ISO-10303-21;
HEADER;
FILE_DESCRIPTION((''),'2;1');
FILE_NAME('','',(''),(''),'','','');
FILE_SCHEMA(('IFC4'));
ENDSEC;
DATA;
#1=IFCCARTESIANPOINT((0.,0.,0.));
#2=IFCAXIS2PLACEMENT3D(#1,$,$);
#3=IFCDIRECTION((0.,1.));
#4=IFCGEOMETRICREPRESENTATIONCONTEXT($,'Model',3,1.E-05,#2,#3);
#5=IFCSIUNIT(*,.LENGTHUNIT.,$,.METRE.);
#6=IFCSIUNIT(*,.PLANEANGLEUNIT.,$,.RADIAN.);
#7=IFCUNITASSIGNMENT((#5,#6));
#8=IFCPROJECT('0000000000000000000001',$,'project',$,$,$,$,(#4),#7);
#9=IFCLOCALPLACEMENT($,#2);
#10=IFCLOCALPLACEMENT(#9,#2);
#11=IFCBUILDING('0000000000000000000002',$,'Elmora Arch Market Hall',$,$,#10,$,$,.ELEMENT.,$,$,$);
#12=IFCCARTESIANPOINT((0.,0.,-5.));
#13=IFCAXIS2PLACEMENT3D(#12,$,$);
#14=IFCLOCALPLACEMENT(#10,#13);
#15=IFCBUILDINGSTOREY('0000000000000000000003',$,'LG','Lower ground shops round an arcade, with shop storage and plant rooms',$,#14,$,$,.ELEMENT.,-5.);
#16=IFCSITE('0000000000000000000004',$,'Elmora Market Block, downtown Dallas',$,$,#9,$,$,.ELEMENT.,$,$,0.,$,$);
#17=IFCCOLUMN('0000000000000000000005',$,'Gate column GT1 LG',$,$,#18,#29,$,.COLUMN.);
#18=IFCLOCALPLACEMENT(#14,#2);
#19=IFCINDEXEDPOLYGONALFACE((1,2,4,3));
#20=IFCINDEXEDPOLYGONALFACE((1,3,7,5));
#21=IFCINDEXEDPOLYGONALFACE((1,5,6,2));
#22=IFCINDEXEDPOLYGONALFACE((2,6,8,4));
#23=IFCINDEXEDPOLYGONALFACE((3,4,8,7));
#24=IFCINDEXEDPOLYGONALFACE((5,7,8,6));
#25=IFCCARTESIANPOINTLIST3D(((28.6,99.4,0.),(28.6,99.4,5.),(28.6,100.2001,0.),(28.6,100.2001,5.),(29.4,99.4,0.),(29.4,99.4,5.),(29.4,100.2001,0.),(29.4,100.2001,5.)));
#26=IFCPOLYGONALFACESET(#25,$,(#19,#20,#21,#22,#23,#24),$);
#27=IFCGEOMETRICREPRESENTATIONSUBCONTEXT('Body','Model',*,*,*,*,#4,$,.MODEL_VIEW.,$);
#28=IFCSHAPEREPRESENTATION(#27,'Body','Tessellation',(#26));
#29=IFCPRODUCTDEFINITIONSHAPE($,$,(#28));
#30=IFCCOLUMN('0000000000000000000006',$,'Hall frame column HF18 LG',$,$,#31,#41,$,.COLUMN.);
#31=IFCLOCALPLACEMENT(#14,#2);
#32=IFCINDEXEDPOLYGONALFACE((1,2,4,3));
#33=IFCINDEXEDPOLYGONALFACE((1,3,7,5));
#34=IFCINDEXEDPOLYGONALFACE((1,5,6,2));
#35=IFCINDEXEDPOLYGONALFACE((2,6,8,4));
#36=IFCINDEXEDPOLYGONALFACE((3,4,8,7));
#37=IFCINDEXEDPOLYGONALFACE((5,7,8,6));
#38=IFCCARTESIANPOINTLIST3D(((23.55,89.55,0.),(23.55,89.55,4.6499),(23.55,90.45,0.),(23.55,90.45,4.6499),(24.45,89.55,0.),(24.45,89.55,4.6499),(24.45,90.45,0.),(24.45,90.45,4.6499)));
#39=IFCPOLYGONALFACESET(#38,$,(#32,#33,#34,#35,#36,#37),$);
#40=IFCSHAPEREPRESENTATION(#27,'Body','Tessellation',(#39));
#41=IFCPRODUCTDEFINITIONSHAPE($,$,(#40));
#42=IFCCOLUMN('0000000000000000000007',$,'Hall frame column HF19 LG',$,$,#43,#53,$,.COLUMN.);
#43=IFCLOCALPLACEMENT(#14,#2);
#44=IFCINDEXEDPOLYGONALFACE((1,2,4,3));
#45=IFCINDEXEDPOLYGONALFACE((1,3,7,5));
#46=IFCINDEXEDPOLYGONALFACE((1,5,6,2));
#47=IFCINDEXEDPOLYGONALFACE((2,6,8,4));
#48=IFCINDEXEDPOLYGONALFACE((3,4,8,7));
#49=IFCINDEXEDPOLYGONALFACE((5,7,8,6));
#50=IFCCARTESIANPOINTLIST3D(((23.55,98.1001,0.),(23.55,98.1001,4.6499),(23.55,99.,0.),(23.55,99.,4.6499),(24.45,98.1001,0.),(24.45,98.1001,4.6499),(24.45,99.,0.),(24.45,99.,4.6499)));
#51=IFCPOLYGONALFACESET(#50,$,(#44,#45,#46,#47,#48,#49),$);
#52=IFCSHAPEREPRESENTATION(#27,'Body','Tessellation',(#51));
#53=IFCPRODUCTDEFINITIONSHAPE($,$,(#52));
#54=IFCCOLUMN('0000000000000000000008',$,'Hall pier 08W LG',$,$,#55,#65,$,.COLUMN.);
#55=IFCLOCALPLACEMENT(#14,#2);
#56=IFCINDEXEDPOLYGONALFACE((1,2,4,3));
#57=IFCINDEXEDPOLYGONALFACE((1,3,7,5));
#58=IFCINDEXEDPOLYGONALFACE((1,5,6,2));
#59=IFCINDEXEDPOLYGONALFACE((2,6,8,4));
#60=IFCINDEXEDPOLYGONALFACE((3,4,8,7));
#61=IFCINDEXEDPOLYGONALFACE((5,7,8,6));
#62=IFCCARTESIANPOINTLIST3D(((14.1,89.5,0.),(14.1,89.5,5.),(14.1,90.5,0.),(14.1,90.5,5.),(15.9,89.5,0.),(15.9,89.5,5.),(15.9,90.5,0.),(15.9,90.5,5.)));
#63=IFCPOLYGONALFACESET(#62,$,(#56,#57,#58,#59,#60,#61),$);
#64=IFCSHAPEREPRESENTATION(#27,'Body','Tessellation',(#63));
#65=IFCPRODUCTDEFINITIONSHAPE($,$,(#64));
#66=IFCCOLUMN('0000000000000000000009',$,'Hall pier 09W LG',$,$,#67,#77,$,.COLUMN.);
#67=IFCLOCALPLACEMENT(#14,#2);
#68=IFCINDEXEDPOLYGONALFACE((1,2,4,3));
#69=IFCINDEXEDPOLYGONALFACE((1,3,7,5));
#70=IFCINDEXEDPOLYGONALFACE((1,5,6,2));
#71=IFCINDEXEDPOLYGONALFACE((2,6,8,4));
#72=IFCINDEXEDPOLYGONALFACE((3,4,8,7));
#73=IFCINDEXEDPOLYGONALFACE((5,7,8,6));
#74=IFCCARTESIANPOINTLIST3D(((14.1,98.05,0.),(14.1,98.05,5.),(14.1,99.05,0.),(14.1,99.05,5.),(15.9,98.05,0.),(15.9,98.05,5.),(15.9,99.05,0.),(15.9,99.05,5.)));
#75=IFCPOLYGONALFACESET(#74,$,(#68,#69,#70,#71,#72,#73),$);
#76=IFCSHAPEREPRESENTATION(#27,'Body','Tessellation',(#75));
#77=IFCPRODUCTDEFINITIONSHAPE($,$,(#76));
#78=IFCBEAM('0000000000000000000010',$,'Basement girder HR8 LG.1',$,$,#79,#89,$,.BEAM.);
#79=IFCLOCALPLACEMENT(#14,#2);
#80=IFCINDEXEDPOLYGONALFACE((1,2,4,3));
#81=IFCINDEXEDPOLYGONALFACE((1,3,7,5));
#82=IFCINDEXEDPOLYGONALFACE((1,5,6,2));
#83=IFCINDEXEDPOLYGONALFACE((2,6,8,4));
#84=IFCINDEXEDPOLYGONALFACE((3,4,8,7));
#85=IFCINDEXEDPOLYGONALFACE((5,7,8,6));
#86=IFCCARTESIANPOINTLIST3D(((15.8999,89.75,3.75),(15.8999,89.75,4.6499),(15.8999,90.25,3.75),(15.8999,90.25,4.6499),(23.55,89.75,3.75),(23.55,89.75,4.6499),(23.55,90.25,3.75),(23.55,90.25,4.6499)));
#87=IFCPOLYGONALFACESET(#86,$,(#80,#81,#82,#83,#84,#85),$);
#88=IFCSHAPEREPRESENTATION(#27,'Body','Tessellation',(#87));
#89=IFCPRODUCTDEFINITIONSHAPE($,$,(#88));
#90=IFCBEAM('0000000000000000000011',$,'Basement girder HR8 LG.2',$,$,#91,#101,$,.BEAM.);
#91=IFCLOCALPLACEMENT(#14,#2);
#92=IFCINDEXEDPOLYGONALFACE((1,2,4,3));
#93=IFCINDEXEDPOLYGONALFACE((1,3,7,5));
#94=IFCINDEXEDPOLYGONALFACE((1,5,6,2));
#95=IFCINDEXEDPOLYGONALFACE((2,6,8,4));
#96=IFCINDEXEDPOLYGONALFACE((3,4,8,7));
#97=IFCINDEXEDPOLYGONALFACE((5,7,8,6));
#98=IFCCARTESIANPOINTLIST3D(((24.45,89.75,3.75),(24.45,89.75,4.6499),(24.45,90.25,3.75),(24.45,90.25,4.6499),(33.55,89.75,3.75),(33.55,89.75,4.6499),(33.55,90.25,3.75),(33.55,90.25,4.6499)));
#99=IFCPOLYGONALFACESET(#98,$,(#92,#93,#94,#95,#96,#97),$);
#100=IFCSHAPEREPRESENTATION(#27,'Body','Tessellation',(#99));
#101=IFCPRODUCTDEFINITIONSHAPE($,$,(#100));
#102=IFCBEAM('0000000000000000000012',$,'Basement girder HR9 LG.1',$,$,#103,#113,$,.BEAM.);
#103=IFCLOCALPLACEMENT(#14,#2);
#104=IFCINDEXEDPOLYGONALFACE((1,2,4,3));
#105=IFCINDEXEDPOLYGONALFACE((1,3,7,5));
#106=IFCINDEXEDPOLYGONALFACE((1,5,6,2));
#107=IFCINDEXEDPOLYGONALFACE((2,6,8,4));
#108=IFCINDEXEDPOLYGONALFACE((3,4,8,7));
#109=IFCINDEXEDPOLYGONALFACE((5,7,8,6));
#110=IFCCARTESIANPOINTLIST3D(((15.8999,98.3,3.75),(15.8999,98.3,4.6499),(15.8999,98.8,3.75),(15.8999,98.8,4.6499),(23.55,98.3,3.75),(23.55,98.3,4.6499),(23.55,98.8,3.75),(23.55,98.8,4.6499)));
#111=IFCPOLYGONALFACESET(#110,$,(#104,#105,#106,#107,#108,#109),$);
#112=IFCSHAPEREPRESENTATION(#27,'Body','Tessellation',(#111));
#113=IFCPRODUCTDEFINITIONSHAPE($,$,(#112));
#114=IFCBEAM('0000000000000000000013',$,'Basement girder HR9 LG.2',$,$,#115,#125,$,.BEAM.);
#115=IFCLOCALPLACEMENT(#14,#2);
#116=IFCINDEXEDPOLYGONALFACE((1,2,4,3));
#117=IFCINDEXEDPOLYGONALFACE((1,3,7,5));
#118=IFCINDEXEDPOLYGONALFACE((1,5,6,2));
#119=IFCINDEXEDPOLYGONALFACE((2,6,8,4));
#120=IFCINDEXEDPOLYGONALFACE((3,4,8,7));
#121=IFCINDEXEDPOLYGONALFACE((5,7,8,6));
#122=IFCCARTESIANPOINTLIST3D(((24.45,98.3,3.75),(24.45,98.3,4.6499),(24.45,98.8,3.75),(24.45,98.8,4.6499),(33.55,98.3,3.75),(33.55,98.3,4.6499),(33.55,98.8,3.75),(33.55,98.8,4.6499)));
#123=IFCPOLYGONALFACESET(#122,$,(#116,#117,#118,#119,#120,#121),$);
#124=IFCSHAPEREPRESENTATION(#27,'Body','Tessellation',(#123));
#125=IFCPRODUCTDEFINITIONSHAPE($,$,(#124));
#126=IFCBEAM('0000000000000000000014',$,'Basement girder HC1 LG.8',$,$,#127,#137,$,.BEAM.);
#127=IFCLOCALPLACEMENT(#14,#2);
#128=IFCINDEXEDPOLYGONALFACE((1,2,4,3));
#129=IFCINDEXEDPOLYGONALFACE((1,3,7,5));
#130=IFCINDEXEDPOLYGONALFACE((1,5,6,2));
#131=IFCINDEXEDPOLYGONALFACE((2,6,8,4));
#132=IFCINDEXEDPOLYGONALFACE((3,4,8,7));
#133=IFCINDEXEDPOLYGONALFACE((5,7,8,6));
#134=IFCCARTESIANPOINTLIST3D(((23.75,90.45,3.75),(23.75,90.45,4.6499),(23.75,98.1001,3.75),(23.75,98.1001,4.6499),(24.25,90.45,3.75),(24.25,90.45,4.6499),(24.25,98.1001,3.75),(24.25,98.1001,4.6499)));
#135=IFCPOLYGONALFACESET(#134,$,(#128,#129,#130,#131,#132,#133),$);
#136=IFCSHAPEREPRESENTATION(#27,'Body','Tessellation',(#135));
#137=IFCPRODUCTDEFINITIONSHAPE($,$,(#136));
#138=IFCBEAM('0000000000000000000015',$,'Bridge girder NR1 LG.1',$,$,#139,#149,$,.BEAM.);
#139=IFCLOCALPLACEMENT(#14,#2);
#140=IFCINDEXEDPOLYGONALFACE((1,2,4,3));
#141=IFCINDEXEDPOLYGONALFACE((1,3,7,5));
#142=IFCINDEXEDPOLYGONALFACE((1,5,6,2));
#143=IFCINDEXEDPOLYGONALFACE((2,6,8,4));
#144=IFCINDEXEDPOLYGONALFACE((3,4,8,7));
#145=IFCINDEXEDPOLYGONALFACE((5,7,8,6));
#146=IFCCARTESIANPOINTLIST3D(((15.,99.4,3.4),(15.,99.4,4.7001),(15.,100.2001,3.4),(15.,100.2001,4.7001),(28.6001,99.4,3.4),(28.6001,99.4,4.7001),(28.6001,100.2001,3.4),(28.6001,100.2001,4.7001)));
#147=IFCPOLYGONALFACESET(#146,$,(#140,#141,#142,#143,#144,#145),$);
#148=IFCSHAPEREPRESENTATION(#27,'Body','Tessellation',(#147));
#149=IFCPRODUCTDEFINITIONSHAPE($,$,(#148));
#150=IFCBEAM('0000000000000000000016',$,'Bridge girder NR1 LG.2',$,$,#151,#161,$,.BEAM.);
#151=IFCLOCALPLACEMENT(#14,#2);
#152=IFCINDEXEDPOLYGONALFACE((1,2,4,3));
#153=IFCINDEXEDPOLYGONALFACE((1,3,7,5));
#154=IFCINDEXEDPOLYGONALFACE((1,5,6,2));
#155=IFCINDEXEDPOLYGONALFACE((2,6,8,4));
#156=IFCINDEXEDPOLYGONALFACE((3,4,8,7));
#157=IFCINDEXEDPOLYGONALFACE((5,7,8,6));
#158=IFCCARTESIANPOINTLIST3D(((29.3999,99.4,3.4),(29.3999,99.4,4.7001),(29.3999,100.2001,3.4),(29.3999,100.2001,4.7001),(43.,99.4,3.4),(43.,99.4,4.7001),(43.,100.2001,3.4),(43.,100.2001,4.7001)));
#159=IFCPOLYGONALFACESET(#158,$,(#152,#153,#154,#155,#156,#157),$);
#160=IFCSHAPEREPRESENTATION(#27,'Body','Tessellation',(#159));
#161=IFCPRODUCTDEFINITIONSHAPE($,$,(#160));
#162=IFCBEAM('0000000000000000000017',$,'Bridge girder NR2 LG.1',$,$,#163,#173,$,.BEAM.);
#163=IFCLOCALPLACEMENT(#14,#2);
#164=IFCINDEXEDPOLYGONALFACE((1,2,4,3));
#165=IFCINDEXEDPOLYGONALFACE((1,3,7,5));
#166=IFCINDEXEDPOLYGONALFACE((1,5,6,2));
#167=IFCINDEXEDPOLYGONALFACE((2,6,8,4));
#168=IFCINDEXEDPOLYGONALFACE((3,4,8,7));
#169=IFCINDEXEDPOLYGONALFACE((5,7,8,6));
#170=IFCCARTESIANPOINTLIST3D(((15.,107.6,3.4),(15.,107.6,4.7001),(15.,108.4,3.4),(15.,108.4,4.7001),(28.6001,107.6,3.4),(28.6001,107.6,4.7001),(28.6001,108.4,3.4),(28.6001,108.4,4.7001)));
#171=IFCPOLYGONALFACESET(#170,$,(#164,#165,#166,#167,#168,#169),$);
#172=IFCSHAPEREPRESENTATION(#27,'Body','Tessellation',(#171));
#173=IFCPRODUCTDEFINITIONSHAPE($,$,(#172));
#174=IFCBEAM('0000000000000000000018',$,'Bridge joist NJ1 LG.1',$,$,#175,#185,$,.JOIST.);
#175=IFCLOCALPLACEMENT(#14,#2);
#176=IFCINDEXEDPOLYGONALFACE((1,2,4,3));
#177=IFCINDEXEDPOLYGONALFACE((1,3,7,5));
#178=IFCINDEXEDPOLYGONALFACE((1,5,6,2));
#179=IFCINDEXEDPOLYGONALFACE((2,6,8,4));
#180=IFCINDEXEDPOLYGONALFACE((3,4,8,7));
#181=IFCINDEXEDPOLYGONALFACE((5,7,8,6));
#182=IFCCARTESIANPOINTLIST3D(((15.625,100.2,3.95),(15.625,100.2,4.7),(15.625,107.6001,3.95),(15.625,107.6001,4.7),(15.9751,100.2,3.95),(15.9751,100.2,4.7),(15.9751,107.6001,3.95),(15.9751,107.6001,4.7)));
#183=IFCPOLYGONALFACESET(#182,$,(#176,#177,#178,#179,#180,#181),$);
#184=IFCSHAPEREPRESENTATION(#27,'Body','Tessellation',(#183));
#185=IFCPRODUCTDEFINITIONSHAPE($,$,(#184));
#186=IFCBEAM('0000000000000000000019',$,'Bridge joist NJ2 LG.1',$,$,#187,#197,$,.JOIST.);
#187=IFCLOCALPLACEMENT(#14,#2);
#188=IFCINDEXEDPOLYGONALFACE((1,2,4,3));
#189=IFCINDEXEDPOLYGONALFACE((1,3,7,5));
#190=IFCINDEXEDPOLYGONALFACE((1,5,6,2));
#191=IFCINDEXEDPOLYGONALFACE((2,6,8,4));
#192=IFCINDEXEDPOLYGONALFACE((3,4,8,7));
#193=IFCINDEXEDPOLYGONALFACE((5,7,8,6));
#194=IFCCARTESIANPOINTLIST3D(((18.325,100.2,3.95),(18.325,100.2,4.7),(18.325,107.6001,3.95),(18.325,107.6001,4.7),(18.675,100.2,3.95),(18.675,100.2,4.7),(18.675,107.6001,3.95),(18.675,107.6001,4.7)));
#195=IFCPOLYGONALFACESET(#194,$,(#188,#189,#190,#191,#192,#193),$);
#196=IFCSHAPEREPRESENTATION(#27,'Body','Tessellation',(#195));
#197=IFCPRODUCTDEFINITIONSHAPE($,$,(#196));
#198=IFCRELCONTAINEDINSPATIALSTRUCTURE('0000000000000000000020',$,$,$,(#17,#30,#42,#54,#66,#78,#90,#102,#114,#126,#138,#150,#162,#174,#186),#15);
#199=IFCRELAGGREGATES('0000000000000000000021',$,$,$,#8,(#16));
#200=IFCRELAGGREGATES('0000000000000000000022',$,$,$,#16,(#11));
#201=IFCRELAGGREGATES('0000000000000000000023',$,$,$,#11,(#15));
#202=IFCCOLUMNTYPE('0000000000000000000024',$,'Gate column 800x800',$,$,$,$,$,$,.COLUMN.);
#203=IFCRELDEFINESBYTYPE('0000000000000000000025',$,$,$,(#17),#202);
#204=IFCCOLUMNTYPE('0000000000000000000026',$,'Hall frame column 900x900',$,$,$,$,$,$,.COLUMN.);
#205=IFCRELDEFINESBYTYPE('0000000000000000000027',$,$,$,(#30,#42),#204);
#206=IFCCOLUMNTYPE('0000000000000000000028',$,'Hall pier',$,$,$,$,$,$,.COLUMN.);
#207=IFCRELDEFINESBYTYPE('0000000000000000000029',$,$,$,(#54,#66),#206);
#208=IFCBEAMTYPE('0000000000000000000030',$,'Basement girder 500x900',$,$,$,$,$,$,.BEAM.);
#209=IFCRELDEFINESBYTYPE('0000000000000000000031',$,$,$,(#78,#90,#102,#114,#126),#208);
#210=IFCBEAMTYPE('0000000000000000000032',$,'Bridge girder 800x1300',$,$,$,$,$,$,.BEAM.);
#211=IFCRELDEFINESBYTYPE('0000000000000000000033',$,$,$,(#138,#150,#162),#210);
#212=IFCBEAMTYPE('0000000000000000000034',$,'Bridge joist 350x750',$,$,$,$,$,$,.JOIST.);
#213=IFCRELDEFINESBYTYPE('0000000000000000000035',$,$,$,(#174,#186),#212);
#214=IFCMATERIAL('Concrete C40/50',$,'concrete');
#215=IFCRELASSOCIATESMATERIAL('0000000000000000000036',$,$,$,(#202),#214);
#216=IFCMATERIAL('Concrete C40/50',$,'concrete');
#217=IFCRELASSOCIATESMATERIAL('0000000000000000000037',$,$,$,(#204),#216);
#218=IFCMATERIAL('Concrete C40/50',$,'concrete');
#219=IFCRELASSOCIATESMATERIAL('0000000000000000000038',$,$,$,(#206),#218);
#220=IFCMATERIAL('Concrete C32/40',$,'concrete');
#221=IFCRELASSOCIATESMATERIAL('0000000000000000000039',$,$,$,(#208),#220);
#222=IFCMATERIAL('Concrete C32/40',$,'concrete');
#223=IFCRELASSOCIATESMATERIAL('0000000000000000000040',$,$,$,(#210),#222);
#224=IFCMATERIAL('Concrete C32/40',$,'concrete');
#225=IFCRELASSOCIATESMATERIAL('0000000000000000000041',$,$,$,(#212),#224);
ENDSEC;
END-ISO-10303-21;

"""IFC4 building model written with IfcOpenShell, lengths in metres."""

from ifc_helpers import new_model, si_unit, direction, frame, origin, origin_2d, place, context, subcontext, project, spatial, rectangle, extrude, material, material_profile, profile_set, type_object, element, save


model = new_model("IFC4")

# Units and contexts
model_context = context("Model", 3, precision=1e-05, world=origin(), true_north=direction((0.0, 1.0)))
body_context = subcontext(model_context, "Body", "Model", "MODEL_VIEW")
ifc_project = project(units=[si_unit("LENGTHUNIT", "METRE"), si_unit("PLANEANGLEUNIT", "RADIAN")], contexts=[model_context])

# Site, building, storey
site_placement = place(None, origin())
site = spatial("IfcSite", under=ifc_project, at=site_placement, Name="Elmora Market Block, downtown Dallas", CompositionType="ELEMENT", RefElevation=0.0)
building_placement = place(site_placement, origin())
building = spatial("IfcBuilding", under=site, at=building_placement, Name="Elmora Arch Market Hall", CompositionType="ELEMENT")
storey_placement = place(building_placement, frame((0.0, 0.0, -5.0)))
storey = spatial("IfcBuildingStorey", under=building, at=storey_placement, Name="LG", Description="Lower ground shops round an arcade, with shop storage and plant rooms", CompositionType="ELEMENT", Elevation=-5.0)

# Columns
ifc_material_1 = material(Name="Concrete C40/50", Category="concrete")
ifc_material_profile_1 = material_profile(ifc_material_1, rectangle(XDim=0.8, YDim=0.8, at=origin_2d()), Name="Gate column 800x800")
ifc_profile_set_1 = profile_set([ifc_material_profile_1], Name="Concrete C40/50")
column_type_1 = type_object("IfcColumnType", Name="Gate column 800x800", PredefinedType="COLUMN", material=ifc_profile_set_1)
column_placement = place(storey_placement, frame((29.0, 99.8, 0.0), z_axis=(0.0, 0.0, 1.0), x_axis=(1.0, 0.0, 0.0)))
element("IfcColumn", 1, at=column_placement, inside=storey, type_object=column_type_1, Name="Gate column GT1 LG", PredefinedType="COLUMN", context=body_context, shape_type="SweptSolid", body=[
    extrude(rectangle(XDim=0.8, YDim=0.8, at=origin_2d()), origin(), (0.0, 0.0, 1.0), 5.0),
])
ifc_material_2 = material(Name="Concrete C40/50", Category="concrete")
ifc_material_profile_2 = material_profile(ifc_material_2, rectangle(XDim=0.8999, YDim=0.8999, at=origin_2d()), Name="Hall frame column 900x900")
ifc_profile_set_2 = profile_set([ifc_material_profile_2], Name="Concrete C40/50")
column_type_2 = type_object("IfcColumnType", Name="Hall frame column 900x900", PredefinedType="COLUMN", material=ifc_profile_set_2)
for number, where, z_axis, x_axis, name in (
    (2, (24.0, 90.0, 0.0), (0.0, 0.0, 1.0), (1.0, 0.0, 0.0), "Hall frame column HF18 LG"),
    (3, (24.0, 98.55, 0.0), (0.0, 0.0, 1.0), (1.0, 0.0, 0.0), "Hall frame column HF19 LG"),
):
    element("IfcColumn", number, at=place(storey_placement, frame(where, z_axis=z_axis, x_axis=x_axis)), inside=storey, type_object=column_type_2, Name=name, PredefinedType="COLUMN", context=body_context, shape_type="SweptSolid", body=[
        extrude(rectangle(XDim=0.8999, YDim=0.8999, at=origin_2d()), origin(), (0.0, 0.0, 1.0), 4.6499),
    ])
ifc_material_3 = material(Name="Concrete C40/50", Category="concrete")
ifc_material_profile_3 = material_profile(ifc_material_3, rectangle(XDim=1.8, YDim=1.0, at=origin_2d()), Name="Hall pier")
ifc_profile_set_3 = profile_set([ifc_material_profile_3], Name="Concrete C40/50")
column_type_3 = type_object("IfcColumnType", Name="Hall pier", PredefinedType="COLUMN", material=ifc_profile_set_3)
for number, where, z_axis, x_axis, name in (
    (4, (15.0, 90.0, 0.0), (0.0, 0.0, 1.0), (1.0, 0.0, 0.0), "Hall pier 08W LG"),
    (5, (15.0, 98.55, 0.0), (0.0, 0.0, 1.0), (1.0, 0.0, 0.0), "Hall pier 09W LG"),
):
    element("IfcColumn", number, at=place(storey_placement, frame(where, z_axis=z_axis, x_axis=x_axis)), inside=storey, type_object=column_type_3, Name=name, PredefinedType="COLUMN", context=body_context, shape_type="SweptSolid", body=[
        extrude(rectangle(XDim=1.8, YDim=1.0, at=origin_2d()), origin(), (0.0, 0.0, 1.0), 5.0),
    ])

# Beams
ifc_material_4 = material(Name="Concrete C32/40", Category="concrete")
ifc_material_profile_4 = material_profile(ifc_material_4, rectangle(XDim=0.5, YDim=0.8999, at=origin_2d()), Name="Basement girder 500x900")
ifc_profile_set_4 = profile_set([ifc_material_profile_4], Name="Concrete C32/40")
beam_type_1 = type_object("IfcBeamType", Name="Basement girder 500x900", PredefinedType="BEAM", material=ifc_profile_set_4)
beam_1_placement = place(storey_placement, frame((15.8999, 90.0, 4.2), z_axis=(1.0, 0.0, 0.0), x_axis=(0.0, 1.0, 0.0)))
element("IfcBeam", 6, at=beam_1_placement, inside=storey, type_object=beam_type_1, Name="Basement girder HR8 LG.1", PredefinedType="BEAM", context=body_context, shape_type="SweptSolid", body=[
    extrude(rectangle(XDim=0.5, YDim=0.8999, at=origin_2d()), origin(), (0.0, 0.0, 1.0), 7.6501),
])
beam_2_placement = place(storey_placement, frame((24.45, 90.0, 4.2), z_axis=(1.0, 0.0, 0.0), x_axis=(0.0, 1.0, 0.0)))
element("IfcBeam", 7, at=beam_2_placement, inside=storey, type_object=beam_type_1, Name="Basement girder HR8 LG.2", PredefinedType="BEAM", context=body_context, shape_type="SweptSolid", body=[
    extrude(rectangle(XDim=0.5, YDim=0.8999, at=origin_2d()), origin(), (0.0, 0.0, 1.0), 9.1001),
])
beam_3_placement = place(storey_placement, frame((15.8999, 98.55, 4.2), z_axis=(1.0, 0.0, 0.0), x_axis=(0.0, 1.0, 0.0)))
element("IfcBeam", 8, at=beam_3_placement, inside=storey, type_object=beam_type_1, Name="Basement girder HR9 LG.1", PredefinedType="BEAM", context=body_context, shape_type="SweptSolid", body=[
    extrude(rectangle(XDim=0.5, YDim=0.8999, at=origin_2d()), origin(), (0.0, 0.0, 1.0), 7.6501),
])
beam_4_placement = place(storey_placement, frame((24.45, 98.55, 4.2), z_axis=(1.0, 0.0, 0.0), x_axis=(0.0, 1.0, 0.0)))
element("IfcBeam", 9, at=beam_4_placement, inside=storey, type_object=beam_type_1, Name="Basement girder HR9 LG.2", PredefinedType="BEAM", context=body_context, shape_type="SweptSolid", body=[
    extrude(rectangle(XDim=0.5, YDim=0.8999, at=origin_2d()), origin(), (0.0, 0.0, 1.0), 9.1001),
])
beam_5_placement = place(storey_placement, frame((24.0, 90.45, 4.2), z_axis=(0.0, 1.0, 0.0), x_axis=(-1.0, 0.0, 0.0)))
element("IfcBeam", 10, at=beam_5_placement, inside=storey, type_object=beam_type_1, Name="Basement girder HC1 LG.8", PredefinedType="BEAM", context=body_context, shape_type="SweptSolid", body=[
    extrude(rectangle(XDim=0.5, YDim=0.8999, at=origin_2d()), origin(), (0.0, 0.0, 1.0), 7.6501),
])
ifc_material_5 = material(Name="Concrete C32/40", Category="concrete")
ifc_material_profile_5 = material_profile(ifc_material_5, rectangle(XDim=0.8, YDim=1.3, at=origin_2d()), Name="Bridge girder 800x1300")
ifc_profile_set_5 = profile_set([ifc_material_profile_5], Name="Concrete C32/40")
beam_type_2 = type_object("IfcBeamType", Name="Bridge girder 800x1300", PredefinedType="BEAM", material=ifc_profile_set_5)
for number, where, z_axis, x_axis, name in (
    (11, (15.0, 99.8, 4.05), (1.0, 0.0, 0.0), (0.0, 1.0, 0.0), "Bridge girder NR1 LG.1"),
    (12, (29.3999, 99.8, 4.05), (1.0, 0.0, 0.0), (0.0, 1.0, 0.0), "Bridge girder NR1 LG.2"),
    (13, (15.0, 108.0, 4.05), (1.0, 0.0, 0.0), (0.0, 1.0, 0.0), "Bridge girder NR2 LG.1"),
):
    element("IfcBeam", number, at=place(storey_placement, frame(where, z_axis=z_axis, x_axis=x_axis)), inside=storey, type_object=beam_type_2, Name=name, PredefinedType="BEAM", context=body_context, shape_type="SweptSolid", body=[
        extrude(rectangle(XDim=0.8, YDim=1.3, at=origin_2d()), origin(), (0.0, 0.0, 1.0), 13.6001),
    ])
ifc_material_6 = material(Name="Concrete C32/40", Category="concrete")
ifc_material_profile_6 = material_profile(ifc_material_6, rectangle(XDim=0.3501, YDim=0.75, at=origin_2d()), Name="Bridge joist 350x750")
ifc_profile_set_6 = profile_set([ifc_material_profile_6], Name="Concrete C32/40")
beam_type_3 = type_object("IfcBeamType", Name="Bridge joist 350x750", PredefinedType="JOIST", material=ifc_profile_set_6)
for number, where, z_axis, x_axis, name in (
    (14, (15.8, 100.2, 4.325), (0.0, 1.0, 0.0), (-1.0, 0.0, 0.0), "Bridge joist NJ1 LG.1"),
    (15, (18.5, 100.2, 4.325), (0.0, 1.0, 0.0), (-1.0, 0.0, 0.0), "Bridge joist NJ2 LG.1"),
):
    element("IfcBeam", number, at=place(storey_placement, frame(where, z_axis=z_axis, x_axis=x_axis)), inside=storey, type_object=beam_type_3, Name=name, PredefinedType="JOIST", context=body_context, shape_type="SweptSolid", body=[
        extrude(rectangle(XDim=0.3501, YDim=0.75, at=origin_2d()), origin(), (0.0, 0.0, 1.0), 7.4001),
    ])

save(model, "model.ifc")
